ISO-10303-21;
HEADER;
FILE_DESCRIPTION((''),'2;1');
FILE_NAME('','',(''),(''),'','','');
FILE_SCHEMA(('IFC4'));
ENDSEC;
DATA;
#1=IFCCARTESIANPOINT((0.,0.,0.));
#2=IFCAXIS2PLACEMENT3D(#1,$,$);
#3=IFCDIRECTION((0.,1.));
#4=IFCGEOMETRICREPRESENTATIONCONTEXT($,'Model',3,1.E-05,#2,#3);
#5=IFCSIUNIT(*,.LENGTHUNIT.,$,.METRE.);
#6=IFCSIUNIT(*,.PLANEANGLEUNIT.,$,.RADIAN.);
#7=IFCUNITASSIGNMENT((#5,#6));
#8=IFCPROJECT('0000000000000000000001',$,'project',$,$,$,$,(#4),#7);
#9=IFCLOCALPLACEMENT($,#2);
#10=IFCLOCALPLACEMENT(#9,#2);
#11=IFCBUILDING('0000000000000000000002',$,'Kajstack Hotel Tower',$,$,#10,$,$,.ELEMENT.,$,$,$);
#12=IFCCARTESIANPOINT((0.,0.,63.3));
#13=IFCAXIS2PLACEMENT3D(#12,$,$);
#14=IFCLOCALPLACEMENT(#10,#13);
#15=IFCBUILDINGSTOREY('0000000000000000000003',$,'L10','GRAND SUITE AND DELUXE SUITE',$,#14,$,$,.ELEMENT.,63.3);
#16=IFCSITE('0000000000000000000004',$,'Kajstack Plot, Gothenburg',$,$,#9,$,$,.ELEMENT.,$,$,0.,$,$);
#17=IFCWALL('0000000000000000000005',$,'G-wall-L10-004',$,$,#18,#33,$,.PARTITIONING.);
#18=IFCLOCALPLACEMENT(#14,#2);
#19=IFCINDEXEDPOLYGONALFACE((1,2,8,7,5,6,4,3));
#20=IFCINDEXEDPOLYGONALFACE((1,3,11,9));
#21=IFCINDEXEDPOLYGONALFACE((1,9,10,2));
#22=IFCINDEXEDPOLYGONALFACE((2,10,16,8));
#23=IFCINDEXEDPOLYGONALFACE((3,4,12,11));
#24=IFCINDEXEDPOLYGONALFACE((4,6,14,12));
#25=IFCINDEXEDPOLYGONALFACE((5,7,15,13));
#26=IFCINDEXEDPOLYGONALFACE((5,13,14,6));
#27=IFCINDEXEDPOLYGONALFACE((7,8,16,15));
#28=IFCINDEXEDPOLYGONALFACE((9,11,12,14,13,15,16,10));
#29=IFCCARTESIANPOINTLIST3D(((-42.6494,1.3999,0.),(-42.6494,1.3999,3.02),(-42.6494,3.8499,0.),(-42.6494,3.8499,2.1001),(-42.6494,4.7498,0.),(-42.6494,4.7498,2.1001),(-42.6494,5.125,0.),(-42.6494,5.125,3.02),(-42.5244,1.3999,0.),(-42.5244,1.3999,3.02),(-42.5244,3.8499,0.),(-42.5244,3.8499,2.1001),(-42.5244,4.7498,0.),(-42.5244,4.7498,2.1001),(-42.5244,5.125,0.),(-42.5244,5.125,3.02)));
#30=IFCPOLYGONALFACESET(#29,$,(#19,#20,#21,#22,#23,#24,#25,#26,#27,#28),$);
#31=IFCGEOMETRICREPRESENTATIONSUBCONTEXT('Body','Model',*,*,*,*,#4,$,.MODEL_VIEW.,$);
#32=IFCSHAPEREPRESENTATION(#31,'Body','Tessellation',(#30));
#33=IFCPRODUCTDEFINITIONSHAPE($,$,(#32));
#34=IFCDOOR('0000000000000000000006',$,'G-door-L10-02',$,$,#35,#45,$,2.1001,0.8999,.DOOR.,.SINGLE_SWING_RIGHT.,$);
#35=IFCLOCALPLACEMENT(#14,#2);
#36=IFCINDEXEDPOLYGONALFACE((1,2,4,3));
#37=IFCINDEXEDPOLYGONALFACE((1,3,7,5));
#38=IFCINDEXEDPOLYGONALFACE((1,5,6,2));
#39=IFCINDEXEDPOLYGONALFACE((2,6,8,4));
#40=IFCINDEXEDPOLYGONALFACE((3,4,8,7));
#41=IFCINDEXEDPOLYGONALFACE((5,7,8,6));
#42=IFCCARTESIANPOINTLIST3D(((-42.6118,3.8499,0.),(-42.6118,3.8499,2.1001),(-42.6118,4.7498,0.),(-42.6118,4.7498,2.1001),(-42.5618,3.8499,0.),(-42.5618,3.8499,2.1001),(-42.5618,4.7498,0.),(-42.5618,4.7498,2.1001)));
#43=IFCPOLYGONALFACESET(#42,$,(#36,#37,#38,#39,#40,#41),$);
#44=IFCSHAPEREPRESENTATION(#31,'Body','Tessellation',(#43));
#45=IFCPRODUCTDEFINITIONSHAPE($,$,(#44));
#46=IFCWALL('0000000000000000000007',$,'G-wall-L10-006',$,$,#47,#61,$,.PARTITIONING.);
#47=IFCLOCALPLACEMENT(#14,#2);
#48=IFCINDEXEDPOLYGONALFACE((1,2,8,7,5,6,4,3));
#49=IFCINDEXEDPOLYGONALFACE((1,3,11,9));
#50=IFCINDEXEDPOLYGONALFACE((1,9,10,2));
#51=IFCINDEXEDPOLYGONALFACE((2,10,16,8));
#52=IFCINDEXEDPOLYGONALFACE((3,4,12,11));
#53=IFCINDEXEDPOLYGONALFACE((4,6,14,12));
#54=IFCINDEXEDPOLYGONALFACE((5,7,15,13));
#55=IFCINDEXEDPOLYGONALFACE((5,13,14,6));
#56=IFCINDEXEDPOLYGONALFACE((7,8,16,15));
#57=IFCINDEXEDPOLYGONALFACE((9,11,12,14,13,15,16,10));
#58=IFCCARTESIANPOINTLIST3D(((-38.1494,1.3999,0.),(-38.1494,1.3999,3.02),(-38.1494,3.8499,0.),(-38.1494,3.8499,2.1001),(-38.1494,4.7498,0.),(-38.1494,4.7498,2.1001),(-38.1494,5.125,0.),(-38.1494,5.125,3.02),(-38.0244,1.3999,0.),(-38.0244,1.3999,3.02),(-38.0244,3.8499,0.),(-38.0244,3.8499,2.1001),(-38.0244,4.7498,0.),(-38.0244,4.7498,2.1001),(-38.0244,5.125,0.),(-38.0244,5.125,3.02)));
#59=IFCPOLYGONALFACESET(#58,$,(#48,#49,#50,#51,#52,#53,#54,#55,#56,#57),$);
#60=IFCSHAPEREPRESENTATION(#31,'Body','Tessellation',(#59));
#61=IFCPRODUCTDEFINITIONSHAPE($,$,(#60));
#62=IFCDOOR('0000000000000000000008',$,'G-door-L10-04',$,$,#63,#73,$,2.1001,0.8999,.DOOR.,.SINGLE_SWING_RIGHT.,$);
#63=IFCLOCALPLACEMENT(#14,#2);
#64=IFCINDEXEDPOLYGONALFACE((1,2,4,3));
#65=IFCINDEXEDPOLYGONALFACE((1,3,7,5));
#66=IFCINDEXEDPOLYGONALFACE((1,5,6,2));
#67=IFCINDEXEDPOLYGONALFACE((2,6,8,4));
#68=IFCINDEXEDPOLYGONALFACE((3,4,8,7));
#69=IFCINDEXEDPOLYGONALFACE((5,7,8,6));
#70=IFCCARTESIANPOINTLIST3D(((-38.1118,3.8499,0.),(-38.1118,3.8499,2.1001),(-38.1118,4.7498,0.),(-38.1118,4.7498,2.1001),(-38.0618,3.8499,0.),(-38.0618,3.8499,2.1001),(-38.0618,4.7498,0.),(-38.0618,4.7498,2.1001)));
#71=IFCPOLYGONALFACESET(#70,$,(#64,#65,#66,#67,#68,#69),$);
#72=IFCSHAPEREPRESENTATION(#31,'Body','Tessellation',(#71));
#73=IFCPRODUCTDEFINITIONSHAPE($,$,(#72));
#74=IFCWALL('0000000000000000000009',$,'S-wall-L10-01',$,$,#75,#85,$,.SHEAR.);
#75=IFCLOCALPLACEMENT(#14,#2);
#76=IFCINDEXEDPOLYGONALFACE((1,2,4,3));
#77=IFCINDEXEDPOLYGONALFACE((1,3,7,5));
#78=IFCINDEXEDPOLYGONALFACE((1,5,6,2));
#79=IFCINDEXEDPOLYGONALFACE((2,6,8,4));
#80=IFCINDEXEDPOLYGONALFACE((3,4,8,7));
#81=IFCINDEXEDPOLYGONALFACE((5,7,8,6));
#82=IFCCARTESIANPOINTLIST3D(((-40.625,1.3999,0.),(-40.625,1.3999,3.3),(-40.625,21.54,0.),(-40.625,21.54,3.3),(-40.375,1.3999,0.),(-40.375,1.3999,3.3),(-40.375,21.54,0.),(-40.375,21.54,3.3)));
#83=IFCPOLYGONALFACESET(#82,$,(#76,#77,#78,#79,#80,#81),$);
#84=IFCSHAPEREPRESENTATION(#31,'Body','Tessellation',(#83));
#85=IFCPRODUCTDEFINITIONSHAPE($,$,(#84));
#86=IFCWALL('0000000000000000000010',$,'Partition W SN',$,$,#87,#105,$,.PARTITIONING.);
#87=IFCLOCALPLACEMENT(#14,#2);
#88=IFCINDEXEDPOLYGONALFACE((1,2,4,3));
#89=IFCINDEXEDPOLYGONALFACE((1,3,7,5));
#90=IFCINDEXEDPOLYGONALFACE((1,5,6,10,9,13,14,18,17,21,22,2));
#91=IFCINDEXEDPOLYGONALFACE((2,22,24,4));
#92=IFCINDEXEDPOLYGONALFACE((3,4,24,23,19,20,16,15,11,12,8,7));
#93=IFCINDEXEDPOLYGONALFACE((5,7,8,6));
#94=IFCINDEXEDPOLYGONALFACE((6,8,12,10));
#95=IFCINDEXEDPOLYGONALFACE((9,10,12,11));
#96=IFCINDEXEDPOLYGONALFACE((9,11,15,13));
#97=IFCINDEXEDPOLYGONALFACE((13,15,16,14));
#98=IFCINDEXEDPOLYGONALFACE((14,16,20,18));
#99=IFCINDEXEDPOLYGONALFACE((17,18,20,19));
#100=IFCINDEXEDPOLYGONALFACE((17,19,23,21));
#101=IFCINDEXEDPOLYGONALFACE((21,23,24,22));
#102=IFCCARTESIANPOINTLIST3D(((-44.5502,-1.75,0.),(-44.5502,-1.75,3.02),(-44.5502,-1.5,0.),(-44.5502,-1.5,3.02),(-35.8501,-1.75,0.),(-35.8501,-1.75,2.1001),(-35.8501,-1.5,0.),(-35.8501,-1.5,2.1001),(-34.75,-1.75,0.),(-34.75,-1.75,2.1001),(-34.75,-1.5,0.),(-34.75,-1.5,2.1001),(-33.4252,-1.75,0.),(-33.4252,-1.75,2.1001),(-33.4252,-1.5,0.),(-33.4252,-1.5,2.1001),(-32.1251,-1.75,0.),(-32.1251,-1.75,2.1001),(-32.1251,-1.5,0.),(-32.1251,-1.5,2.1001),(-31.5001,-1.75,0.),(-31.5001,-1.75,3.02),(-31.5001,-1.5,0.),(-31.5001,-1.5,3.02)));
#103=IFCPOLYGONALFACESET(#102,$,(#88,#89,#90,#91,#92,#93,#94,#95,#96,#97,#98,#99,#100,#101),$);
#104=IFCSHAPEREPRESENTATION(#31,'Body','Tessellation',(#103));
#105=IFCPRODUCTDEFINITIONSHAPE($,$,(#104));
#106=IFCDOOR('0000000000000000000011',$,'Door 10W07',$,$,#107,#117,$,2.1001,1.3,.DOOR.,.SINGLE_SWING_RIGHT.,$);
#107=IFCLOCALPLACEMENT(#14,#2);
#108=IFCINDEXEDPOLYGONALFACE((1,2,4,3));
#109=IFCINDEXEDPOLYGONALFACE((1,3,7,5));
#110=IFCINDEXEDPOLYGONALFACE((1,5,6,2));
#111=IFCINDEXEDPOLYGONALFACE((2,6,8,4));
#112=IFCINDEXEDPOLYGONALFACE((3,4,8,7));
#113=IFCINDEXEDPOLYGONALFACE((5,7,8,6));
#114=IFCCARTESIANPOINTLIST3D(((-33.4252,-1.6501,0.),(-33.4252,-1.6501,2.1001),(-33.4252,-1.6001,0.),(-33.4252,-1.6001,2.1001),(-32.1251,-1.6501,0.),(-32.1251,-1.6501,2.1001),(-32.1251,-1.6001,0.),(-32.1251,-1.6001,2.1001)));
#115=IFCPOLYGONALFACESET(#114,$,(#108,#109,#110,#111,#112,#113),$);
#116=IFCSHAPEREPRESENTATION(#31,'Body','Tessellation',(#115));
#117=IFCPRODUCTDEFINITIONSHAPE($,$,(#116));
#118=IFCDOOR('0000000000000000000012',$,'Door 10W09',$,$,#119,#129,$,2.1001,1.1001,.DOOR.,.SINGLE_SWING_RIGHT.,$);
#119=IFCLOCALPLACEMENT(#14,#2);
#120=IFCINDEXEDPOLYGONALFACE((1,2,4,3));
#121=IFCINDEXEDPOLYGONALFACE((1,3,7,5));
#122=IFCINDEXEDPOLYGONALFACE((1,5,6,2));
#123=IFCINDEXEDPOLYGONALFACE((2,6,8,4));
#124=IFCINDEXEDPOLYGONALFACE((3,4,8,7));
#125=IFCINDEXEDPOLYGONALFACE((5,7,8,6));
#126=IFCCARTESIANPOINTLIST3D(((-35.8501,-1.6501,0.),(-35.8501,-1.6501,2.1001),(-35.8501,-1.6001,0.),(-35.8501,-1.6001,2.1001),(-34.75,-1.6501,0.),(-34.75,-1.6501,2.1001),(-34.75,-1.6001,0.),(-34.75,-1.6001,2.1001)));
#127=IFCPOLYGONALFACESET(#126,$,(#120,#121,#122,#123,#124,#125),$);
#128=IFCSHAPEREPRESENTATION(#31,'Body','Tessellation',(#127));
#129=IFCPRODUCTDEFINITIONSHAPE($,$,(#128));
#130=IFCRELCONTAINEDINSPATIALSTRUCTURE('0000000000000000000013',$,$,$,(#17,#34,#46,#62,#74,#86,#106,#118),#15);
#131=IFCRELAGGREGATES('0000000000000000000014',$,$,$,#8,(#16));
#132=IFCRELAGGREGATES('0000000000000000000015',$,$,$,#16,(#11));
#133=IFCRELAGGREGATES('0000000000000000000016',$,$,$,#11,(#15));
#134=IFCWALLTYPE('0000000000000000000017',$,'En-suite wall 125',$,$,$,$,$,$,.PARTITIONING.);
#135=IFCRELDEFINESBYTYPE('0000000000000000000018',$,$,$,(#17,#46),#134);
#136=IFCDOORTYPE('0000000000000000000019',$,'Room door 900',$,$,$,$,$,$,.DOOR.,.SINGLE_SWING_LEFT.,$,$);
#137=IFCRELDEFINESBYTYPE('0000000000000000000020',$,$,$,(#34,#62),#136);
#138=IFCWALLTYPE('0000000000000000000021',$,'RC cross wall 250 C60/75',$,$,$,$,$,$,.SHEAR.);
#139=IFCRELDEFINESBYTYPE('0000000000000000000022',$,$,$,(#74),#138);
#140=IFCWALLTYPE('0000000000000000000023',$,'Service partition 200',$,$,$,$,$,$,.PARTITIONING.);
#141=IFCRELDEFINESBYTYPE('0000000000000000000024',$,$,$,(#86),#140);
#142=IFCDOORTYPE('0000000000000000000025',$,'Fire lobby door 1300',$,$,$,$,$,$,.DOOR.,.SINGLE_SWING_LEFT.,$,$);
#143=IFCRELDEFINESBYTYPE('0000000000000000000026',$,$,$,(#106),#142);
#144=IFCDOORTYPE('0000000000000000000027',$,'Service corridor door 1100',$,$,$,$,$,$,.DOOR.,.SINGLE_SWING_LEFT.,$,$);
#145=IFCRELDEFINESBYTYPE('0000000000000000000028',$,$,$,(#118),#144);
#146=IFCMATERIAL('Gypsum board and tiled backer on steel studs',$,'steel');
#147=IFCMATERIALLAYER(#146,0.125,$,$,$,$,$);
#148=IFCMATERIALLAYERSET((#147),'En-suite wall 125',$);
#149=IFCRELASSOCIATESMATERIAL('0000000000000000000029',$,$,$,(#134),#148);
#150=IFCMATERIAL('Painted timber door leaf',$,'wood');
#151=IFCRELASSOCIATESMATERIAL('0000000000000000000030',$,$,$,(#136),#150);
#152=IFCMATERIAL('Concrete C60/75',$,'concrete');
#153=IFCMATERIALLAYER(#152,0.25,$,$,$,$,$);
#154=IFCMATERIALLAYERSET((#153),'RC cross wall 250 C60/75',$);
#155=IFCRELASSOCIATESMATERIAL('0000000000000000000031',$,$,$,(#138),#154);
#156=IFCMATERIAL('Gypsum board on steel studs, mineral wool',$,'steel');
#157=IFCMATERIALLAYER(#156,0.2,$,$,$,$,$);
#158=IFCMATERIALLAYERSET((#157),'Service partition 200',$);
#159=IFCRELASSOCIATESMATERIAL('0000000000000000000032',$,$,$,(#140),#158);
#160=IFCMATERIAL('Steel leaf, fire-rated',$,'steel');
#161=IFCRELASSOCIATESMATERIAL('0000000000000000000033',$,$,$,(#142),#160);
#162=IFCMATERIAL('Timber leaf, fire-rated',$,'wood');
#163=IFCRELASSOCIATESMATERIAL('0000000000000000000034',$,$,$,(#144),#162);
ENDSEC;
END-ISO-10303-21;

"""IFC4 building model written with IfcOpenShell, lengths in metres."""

from ifc_helpers import new_model, si_unit, direction, frame, frame_2d, origin, place, context, subcontext, project, spatial, rectangle, extrude, material, layer, layer_set, type_object, element, fill, save


model = new_model("IFC4")

# Units and contexts
model_context = context("Model", 3, precision=1e-05, world=origin(), true_north=direction((0.0, 1.0)))
body_context = subcontext(model_context, "Body", "Model", "MODEL_VIEW")
ifc_project = project(units=[si_unit("LENGTHUNIT", "METRE"), si_unit("PLANEANGLEUNIT", "RADIAN")], contexts=[model_context])

# Site, building, storey
site_placement = place(None, origin())
site = spatial("IfcSite", under=ifc_project, at=site_placement, Name="Kajstack Plot, Gothenburg", CompositionType="ELEMENT", RefElevation=0.0)
building_placement = place(site_placement, origin())
building = spatial("IfcBuilding", under=site, at=building_placement, Name="Kajstack Hotel Tower", CompositionType="ELEMENT")
storey_placement = place(building_placement, frame((0.0, 0.0, 63.3)))
storey = spatial("IfcBuildingStorey", under=building, at=storey_placement, Name="L10", Description="GRAND SUITE AND DELUXE SUITE", CompositionType="ELEMENT", Elevation=63.3)

# Shared definitions
ifc_material_1 = material(Name="Gypsum board on steel studs, mineral wool", Category="steel")

# Walls, openings, doors
ifc_material_2 = material(Name="Gypsum board and tiled backer on steel studs", Category="steel")
ifc_layer_1 = layer(ifc_material_2, 0.125)
ifc_layer_set_1 = layer_set([ifc_layer_1], Name="En-suite wall 125")
wall_type_1 = type_object("IfcWallType", Name="En-suite wall 125", PredefinedType="PARTITIONING", material=ifc_layer_set_1)
wall_1_placement = place(storey_placement, frame((-42.5869, 1.3999, 0.0), z_axis=(0.0, 0.0, 1.0), x_axis=(0.0, 1.0, 0.0)))
wall_1 = element("IfcWall", 1, at=wall_1_placement, inside=storey, type_object=wall_type_1, Name="G-wall-L10-004", PredefinedType="PARTITIONING", context=body_context, shape_type="SweptSolid", body=[
    extrude(rectangle(XDim=3.7251, YDim=0.125, at=frame_2d((1.8625, 0.0))), origin(), (0.0, 0.0, 1.0), 3.02),
])
opening_1_placement = place(wall_1_placement, frame((2.45, 0.0, 0.0)))
opening_1 = element("IfcOpeningElement", 2, at=opening_1_placement, cuts=wall_1, PredefinedType="OPENING", context=body_context, shape_type="SweptSolid", body=[
    extrude(rectangle(XDim=0.8999, YDim=2.1001, at=frame_2d((0.45, 1.05))), frame((0.0, 0.0725, 0.0), z_axis=(0.0, -1.0, 0.0), x_axis=(1.0, 0.0, 0.0)), (0.0, 0.0, 1.0), 0.145),
])
ifc_material_3 = material(Name="Painted timber door leaf", Category="wood")
door_type_1 = type_object("IfcDoorType", Name="Room door 900", OperationType="SINGLE_SWING_LEFT", PredefinedType="DOOR", material=ifc_material_3)
door_1_placement = place(opening_1_placement, origin())
door_1 = element("IfcDoor", 3, at=door_1_placement, inside=storey, type_object=door_type_1, Name="G-door-L10-02", OperationType="SINGLE_SWING_RIGHT", OverallHeight=2.1001, OverallWidth=0.8999, PredefinedType="DOOR", context=body_context, shape_type="SweptSolid", body=[
    extrude(rectangle(XDim=0.8999, YDim=2.1001, at=frame_2d((0.45, 1.05))), frame((0.0, 0.0249, 0.0), z_axis=(0.0, -1.0, 0.0), x_axis=(1.0, 0.0, 0.0)), (0.0, 0.0, 1.0), 0.05),
])
fill(opening_1, door_1)
wall_2_placement = place(storey_placement, frame((-38.0869, 1.3999, 0.0), z_axis=(0.0, 0.0, 1.0), x_axis=(0.0, 1.0, 0.0)))
wall_2 = element("IfcWall", 4, at=wall_2_placement, inside=storey, type_object=wall_type_1, Name="G-wall-L10-006", PredefinedType="PARTITIONING", context=body_context, shape_type="SweptSolid", body=[
    extrude(rectangle(XDim=3.7251, YDim=0.125, at=frame_2d((1.8625, 0.0))), origin(), (0.0, 0.0, 1.0), 3.02),
])
opening_2_placement = place(wall_2_placement, frame((2.45, 0.0, 0.0)))
opening_2 = element("IfcOpeningElement", 5, at=opening_2_placement, cuts=wall_2, PredefinedType="OPENING", context=body_context, shape_type="SweptSolid", body=[
    extrude(rectangle(XDim=0.8999, YDim=2.1001, at=frame_2d((0.45, 1.05))), frame((0.0, 0.0725, 0.0), z_axis=(0.0, -1.0, 0.0), x_axis=(1.0, 0.0, 0.0)), (0.0, 0.0, 1.0), 0.145),
])
door_2_placement = place(opening_2_placement, origin())
door_2 = element("IfcDoor", 6, at=door_2_placement, inside=storey, type_object=door_type_1, Name="G-door-L10-04", OperationType="SINGLE_SWING_RIGHT", OverallHeight=2.1001, OverallWidth=0.8999, PredefinedType="DOOR", context=body_context, shape_type="SweptSolid", body=[
    extrude(rectangle(XDim=0.8999, YDim=2.1001, at=frame_2d((0.45, 1.05))), frame((0.0, 0.0249, 0.0), z_axis=(0.0, -1.0, 0.0), x_axis=(1.0, 0.0, 0.0)), (0.0, 0.0, 1.0), 0.05),
])
fill(opening_2, door_2)

# Wall
ifc_material_4 = material(Name="Concrete C60/75", Category="concrete")
ifc_layer_2 = layer(ifc_material_4, 0.25)
ifc_layer_set_2 = layer_set([ifc_layer_2], Name="RC cross wall 250 C60/75")
wall_type_2 = type_object("IfcWallType", Name="RC cross wall 250 C60/75", PredefinedType="SHEAR", material=ifc_layer_set_2)
wall_3_placement = place(storey_placement, frame((-40.5, 1.3999, 0.0), z_axis=(0.0, 0.0, 1.0), x_axis=(0.0, 1.0, 0.0)))
element("IfcWall", 7, at=wall_3_placement, inside=storey, type_object=wall_type_2, Name="S-wall-L10-01", PredefinedType="SHEAR", context=body_context, shape_type="SweptSolid", body=[
    extrude(rectangle(XDim=20.1401, YDim=0.25, at=frame_2d((10.0701, 0.0))), origin(), (0.0, 0.0, 1.0), 3.3),
])

# Wall, openings, doors
ifc_layer_3 = layer(ifc_material_1, 0.2)
ifc_layer_set_3 = layer_set([ifc_layer_3], Name="Service partition 200")
wall_type_3 = type_object("IfcWallType", Name="Service partition 200", PredefinedType="PARTITIONING", material=ifc_layer_set_3)
wall_4_placement = place(storey_placement, frame((-44.55, -1.625, 0.0), z_axis=(0.0, 0.0, 1.0), x_axis=(1.0, 0.0, 0.0)))
wall_4 = element("IfcWall", 8, at=wall_4_placement, inside=storey, type_object=wall_type_3, Name="Partition W SN", PredefinedType="PARTITIONING", context=body_context, shape_type="SweptSolid", body=[
    extrude(rectangle(XDim=13.05, YDim=0.25, at=frame_2d((6.5249, 0.0))), origin(), (0.0, 0.0, 1.0), 3.02),
])
opening_3_placement = place(wall_4_placement, frame((11.125, 0.0, 0.0)))
opening_3 = element("IfcOpeningElement", 9, at=opening_3_placement, cuts=wall_4, PredefinedType="OPENING", context=body_context, shape_type="SweptSolid", body=[
    extrude(rectangle(XDim=1.3, YDim=2.1001, at=frame_2d((0.6499, 1.05))), frame((0.0, 0.135, 0.0), z_axis=(0.0, -1.0, 0.0), x_axis=(1.0, 0.0, 0.0)), (0.0, 0.0, 1.0), 0.27),
])
opening_4_placement = place(wall_4_placement, frame((8.7, 0.0, 0.0)))
opening_4 = element("IfcOpeningElement", 10, at=opening_4_placement, cuts=wall_4, PredefinedType="OPENING", context=body_context, shape_type="SweptSolid", body=[
    extrude(rectangle(XDim=1.1001, YDim=2.1001, at=frame_2d((0.55, 1.05))), frame((0.0, 0.135, 0.0), z_axis=(0.0, -1.0, 0.0), x_axis=(1.0, 0.0, 0.0)), (0.0, 0.0, 1.0), 0.27),
])
ifc_material_5 = material(Name="Steel leaf, fire-rated", Category="steel")
door_type_2 = type_object("IfcDoorType", Name="Fire lobby door 1300", OperationType="SINGLE_SWING_LEFT", PredefinedType="DOOR", material=ifc_material_5)
door_3_placement = place(opening_3_placement, origin())
door_3 = element("IfcDoor", 11, at=door_3_placement, inside=storey, type_object=door_type_2, Name="Door 10W07", OperationType="SINGLE_SWING_RIGHT", OverallHeight=2.1001, OverallWidth=1.3, PredefinedType="DOOR", context=body_context, shape_type="SweptSolid", body=[
    extrude(rectangle(XDim=1.3, YDim=2.1001, at=frame_2d((0.6499, 1.05))), frame((0.0, 0.0249, 0.0), z_axis=(0.0, -1.0, 0.0), x_axis=(1.0, 0.0, 0.0)), (0.0, 0.0, 1.0), 0.05),
])
fill(opening_3, door_3)
ifc_material_6 = material(Name="Timber leaf, fire-rated", Category="wood")
door_type_3 = type_object("IfcDoorType", Name="Service corridor door 1100", OperationType="SINGLE_SWING_LEFT", PredefinedType="DOOR", material=ifc_material_6)
door_4_placement = place(opening_4_placement, origin())
door_4 = element("IfcDoor", 12, at=door_4_placement, inside=storey, type_object=door_type_3, Name="Door 10W09", OperationType="SINGLE_SWING_RIGHT", OverallHeight=2.1001, OverallWidth=1.1001, PredefinedType="DOOR", context=body_context, shape_type="SweptSolid", body=[
    extrude(rectangle(XDim=1.1001, YDim=2.1001, at=frame_2d((0.55, 1.05))), frame((0.0, 0.0249, 0.0), z_axis=(0.0, -1.0, 0.0), x_axis=(1.0, 0.0, 0.0)), (0.0, 0.0, 1.0), 0.05),
])
fill(opening_4, door_4)

save(model, "model.ifc")
